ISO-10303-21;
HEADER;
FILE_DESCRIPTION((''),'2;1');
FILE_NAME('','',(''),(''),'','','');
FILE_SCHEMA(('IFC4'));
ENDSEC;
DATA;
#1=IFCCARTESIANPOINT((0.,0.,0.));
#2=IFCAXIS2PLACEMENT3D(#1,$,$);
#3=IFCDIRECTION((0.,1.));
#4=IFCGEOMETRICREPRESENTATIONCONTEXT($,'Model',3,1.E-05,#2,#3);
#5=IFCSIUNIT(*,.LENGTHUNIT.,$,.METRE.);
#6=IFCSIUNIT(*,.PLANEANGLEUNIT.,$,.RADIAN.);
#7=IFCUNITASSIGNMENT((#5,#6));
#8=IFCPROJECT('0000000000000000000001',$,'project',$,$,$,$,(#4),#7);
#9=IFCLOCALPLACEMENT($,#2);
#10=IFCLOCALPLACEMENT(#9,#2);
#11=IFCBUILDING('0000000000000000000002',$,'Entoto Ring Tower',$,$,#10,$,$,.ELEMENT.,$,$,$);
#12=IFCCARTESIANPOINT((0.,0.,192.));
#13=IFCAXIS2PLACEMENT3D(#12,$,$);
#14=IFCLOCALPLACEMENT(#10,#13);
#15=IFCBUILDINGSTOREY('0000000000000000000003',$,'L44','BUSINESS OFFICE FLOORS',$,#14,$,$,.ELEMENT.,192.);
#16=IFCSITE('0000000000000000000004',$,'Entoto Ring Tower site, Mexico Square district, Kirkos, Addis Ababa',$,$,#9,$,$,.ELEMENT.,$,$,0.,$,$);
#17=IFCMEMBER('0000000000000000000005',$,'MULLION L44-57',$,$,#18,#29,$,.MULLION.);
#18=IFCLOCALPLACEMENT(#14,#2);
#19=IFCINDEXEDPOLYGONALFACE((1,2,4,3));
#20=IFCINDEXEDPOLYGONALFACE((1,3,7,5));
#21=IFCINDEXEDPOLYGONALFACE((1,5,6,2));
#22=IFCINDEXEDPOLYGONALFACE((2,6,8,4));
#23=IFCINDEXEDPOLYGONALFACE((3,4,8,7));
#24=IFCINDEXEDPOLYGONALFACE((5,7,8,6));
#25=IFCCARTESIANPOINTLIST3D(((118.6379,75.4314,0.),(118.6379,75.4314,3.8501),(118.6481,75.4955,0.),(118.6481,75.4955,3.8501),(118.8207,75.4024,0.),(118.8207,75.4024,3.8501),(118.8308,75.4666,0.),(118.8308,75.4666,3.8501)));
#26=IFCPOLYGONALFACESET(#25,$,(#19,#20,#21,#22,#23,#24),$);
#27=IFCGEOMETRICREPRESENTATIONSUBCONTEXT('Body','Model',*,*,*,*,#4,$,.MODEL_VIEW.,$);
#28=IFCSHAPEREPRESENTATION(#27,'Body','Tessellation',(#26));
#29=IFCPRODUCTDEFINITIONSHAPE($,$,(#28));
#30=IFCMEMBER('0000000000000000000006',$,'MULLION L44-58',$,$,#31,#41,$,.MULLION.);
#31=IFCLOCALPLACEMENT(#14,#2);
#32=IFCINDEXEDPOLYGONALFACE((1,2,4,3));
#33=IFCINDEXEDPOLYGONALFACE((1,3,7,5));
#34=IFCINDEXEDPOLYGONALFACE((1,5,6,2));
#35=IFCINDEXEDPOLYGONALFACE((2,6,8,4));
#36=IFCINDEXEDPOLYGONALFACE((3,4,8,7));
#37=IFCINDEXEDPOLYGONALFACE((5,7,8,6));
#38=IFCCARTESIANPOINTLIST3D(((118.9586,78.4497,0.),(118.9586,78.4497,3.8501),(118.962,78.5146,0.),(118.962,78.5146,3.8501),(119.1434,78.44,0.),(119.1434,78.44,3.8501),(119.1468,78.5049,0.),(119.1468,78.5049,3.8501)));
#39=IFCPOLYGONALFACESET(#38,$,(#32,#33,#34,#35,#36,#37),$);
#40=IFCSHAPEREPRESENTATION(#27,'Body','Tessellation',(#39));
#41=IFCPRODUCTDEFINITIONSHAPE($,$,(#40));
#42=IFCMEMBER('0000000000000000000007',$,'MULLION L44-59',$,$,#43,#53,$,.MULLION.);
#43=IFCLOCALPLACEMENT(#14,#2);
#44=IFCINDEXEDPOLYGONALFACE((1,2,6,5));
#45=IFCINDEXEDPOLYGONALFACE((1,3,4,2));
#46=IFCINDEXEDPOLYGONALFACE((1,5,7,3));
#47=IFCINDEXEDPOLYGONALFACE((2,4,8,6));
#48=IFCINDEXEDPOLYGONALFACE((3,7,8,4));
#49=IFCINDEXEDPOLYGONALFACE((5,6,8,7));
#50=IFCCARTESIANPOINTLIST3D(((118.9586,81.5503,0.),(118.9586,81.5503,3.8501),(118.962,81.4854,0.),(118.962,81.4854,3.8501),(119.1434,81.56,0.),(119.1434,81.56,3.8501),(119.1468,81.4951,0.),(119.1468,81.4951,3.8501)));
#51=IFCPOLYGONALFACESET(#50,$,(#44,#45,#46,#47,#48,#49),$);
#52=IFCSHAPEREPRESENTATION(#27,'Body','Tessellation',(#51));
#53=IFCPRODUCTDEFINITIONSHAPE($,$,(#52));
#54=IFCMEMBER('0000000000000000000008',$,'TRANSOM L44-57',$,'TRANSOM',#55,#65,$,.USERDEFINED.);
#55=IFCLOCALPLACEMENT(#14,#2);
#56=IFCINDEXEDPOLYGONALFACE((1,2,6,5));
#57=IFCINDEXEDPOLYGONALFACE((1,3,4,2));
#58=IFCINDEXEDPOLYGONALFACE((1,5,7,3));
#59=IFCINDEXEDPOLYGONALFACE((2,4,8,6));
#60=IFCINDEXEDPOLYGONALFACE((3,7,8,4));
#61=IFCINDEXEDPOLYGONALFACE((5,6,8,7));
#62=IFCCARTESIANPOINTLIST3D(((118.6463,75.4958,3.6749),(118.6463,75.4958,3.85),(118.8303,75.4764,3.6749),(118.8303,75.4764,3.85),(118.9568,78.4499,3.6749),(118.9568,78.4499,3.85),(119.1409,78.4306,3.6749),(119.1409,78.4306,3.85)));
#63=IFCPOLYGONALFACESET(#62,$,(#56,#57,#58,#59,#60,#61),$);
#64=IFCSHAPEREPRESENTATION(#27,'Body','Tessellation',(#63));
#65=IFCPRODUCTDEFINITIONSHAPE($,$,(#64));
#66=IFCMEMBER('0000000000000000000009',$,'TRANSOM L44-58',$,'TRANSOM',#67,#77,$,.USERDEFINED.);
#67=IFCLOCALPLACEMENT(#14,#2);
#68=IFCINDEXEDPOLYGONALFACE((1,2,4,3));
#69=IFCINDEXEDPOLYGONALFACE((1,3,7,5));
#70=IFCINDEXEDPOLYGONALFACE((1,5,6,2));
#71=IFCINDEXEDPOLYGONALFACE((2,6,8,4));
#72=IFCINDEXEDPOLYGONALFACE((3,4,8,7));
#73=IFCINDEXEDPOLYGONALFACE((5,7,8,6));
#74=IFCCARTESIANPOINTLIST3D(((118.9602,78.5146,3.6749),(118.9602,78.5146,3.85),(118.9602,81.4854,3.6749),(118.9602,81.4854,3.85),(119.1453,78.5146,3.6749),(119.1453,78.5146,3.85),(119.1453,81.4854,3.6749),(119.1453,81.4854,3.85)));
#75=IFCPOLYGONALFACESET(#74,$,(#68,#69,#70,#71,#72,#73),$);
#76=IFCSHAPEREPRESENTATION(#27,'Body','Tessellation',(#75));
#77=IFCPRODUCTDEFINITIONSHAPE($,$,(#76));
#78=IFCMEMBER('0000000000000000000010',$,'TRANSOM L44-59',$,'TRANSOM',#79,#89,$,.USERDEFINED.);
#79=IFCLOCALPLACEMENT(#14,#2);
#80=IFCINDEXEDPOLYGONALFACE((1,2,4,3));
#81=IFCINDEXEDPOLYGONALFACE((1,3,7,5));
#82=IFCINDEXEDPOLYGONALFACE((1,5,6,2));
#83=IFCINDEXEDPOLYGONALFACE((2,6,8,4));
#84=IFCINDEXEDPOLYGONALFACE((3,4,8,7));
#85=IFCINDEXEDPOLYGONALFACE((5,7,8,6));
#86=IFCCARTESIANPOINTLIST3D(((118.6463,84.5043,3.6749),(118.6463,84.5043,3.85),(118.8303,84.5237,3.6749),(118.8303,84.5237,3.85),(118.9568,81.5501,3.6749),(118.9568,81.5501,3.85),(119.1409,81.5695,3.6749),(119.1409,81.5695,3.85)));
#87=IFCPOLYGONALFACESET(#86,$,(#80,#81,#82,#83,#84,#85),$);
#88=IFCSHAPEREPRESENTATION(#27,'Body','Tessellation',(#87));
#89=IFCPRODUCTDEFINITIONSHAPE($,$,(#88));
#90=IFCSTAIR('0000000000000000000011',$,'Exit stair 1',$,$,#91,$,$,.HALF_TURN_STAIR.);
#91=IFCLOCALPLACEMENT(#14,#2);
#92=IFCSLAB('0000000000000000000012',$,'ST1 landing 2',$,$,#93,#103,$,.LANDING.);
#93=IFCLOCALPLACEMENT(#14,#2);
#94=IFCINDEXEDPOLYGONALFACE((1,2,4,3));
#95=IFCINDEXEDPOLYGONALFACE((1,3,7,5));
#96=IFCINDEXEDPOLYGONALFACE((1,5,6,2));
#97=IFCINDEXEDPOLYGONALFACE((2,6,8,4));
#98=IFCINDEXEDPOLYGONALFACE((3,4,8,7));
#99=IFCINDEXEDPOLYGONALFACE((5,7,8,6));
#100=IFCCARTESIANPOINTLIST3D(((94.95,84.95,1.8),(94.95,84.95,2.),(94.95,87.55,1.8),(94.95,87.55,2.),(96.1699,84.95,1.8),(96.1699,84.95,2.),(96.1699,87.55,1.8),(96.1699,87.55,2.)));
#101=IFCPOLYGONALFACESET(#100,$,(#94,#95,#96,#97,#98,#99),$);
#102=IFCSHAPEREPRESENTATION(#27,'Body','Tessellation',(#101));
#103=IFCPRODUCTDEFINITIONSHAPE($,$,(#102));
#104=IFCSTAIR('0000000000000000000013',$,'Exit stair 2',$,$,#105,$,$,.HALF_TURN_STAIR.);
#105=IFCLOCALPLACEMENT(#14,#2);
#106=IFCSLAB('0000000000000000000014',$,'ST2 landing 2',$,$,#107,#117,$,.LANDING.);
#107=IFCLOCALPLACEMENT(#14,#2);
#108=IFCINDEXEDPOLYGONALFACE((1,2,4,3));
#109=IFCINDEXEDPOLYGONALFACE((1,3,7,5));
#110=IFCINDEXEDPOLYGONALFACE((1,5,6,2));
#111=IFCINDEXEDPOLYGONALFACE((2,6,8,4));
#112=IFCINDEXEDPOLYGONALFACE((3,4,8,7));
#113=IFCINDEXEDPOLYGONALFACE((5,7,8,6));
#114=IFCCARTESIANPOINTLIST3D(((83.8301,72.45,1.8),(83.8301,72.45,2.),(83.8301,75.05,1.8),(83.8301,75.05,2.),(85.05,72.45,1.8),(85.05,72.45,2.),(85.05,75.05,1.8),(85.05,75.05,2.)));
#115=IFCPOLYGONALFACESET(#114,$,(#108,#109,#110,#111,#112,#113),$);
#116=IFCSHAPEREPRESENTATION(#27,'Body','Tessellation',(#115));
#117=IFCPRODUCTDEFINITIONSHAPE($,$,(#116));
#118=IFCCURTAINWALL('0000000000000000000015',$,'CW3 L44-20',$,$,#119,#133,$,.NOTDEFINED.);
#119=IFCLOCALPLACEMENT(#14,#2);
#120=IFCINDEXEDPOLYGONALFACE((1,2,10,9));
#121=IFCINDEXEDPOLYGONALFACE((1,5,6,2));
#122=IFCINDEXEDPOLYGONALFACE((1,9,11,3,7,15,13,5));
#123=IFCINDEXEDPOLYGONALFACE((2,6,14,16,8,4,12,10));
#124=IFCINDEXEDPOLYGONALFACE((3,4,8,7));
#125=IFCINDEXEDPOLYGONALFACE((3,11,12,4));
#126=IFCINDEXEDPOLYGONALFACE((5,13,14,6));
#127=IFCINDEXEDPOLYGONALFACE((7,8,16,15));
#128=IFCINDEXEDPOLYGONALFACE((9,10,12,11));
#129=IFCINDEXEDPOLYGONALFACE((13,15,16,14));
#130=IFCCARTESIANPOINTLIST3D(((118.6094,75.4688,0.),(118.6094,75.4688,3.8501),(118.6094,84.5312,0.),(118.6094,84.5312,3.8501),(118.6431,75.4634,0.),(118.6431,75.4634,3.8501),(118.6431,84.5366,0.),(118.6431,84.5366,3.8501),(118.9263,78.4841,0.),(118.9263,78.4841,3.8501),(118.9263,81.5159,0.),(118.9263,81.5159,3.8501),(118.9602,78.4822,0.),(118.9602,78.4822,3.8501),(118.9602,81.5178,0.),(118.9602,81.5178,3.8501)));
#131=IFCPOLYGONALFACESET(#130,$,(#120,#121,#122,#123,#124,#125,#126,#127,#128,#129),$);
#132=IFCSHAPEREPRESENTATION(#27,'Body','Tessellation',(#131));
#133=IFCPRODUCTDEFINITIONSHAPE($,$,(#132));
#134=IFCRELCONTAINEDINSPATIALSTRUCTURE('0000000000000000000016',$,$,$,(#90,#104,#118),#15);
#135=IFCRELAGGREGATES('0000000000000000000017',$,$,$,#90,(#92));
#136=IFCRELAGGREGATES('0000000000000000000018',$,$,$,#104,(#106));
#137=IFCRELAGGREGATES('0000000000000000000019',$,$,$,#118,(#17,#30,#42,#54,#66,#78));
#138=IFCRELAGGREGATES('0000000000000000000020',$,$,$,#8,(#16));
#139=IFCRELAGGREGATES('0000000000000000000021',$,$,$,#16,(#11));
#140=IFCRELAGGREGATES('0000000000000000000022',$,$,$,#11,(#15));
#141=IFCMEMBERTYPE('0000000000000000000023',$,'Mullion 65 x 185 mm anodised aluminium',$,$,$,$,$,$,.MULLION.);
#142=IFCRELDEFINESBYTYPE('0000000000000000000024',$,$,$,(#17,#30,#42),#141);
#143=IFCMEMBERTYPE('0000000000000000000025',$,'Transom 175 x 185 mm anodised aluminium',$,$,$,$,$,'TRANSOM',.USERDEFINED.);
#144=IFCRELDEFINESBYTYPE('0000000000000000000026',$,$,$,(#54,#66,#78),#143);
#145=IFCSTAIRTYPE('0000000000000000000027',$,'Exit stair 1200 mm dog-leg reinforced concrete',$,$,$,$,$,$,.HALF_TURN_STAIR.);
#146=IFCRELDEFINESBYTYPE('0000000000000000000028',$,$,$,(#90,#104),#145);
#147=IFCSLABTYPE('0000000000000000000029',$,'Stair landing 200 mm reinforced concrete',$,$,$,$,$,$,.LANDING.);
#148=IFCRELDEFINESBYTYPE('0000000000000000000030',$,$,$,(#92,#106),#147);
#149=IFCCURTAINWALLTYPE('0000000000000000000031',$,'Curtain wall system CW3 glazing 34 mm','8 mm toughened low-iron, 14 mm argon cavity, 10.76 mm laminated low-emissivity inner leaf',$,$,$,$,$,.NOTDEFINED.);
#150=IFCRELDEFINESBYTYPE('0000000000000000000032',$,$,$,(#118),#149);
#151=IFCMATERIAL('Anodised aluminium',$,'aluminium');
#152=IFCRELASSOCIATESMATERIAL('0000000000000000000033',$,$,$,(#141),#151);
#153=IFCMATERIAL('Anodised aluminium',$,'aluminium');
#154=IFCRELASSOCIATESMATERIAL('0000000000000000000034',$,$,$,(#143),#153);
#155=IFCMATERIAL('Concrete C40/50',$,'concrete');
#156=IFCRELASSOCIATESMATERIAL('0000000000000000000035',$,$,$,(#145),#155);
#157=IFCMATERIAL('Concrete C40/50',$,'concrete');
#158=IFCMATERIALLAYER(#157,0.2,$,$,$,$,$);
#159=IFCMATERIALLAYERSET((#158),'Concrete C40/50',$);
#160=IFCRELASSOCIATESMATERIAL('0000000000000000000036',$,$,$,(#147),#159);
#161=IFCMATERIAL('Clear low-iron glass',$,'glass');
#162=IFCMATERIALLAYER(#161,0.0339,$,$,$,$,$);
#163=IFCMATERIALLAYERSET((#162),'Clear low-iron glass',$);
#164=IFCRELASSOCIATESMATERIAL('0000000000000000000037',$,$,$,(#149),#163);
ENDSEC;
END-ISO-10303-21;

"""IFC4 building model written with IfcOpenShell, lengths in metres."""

from ifc_helpers import new_model, si_unit, direction, frame, origin, origin_2d, place, context, subcontext, project, spatial, polyline, rectangle, outline, extrude, material, layer, layer_set, material_profile, profile_set, type_object, element, aggregate, save


model = new_model("IFC4")

# Units and contexts
model_context = context("Model", 3, precision=1e-05, world=origin(), true_north=direction((0.0, 1.0)))
body_context = subcontext(model_context, "Body", "Model", "MODEL_VIEW")
ifc_project = project(units=[si_unit("LENGTHUNIT", "METRE"), si_unit("PLANEANGLEUNIT", "RADIAN")], contexts=[model_context])

# Members
ifc_material_1 = material(Name="Anodised aluminium", Category="aluminium")
ifc_material_profile_1 = material_profile(ifc_material_1, rectangle(XDim=0.0649, YDim=0.1851, at=origin_2d()), Name="Mullion 65 x 185 mm anodised aluminium")
ifc_profile_set_1 = profile_set([ifc_material_profile_1], Name="Anodised aluminium")
member_type_1 = type_object("IfcMemberType", Name="Mullion 65 x 185 mm anodised aluminium", PredefinedType="MULLION", material=ifc_profile_set_1)
site_placement = place(None, origin())
building_placement = place(site_placement, origin())
storey_placement = place(building_placement, frame((0.0, 0.0, 192.0)))
member_1_placement = place(storey_placement, frame((118.7344, 75.449, 0.0), z_axis=(0.0, 0.0, 1.0), x_axis=(0.156434, 0.987688, 0.0)))
member_1 = element("IfcMember", 1, at=member_1_placement, type_object=member_type_1, Name="MULLION L44-57", PredefinedType="MULLION", context=body_context, shape_type="SweptSolid", body=[
    extrude(rectangle(XDim=0.0649, YDim=0.1851, at=origin_2d()), origin(), (0.0, 0.0, 1.0), 3.8501),
])
member_2_placement = place(storey_placement, frame((119.0527, 78.4773, 0.0), z_axis=(0.0, 0.0, 1.0), x_axis=(0.052336, 0.99863, 0.0)))
member_2 = element("IfcMember", 2, at=member_2_placement, type_object=member_type_1, Name="MULLION L44-58", PredefinedType="MULLION", context=body_context, shape_type="SweptSolid", body=[
    extrude(rectangle(XDim=0.0649, YDim=0.1851, at=origin_2d()), origin(), (0.0, 0.0, 1.0), 3.8501),
])
member_3_placement = place(storey_placement, frame((119.0527, 81.5227, 0.0), z_axis=(0.0, 0.0, 1.0), x_axis=(-0.052336, 0.99863, 0.0)))
member_3 = element("IfcMember", 3, at=member_3_placement, type_object=member_type_1, Name="MULLION L44-59", PredefinedType="MULLION", context=body_context, shape_type="SweptSolid", body=[
    extrude(rectangle(XDim=0.0649, YDim=0.1851, at=origin_2d()), origin(), (0.0, 0.0, 1.0), 3.8501),
])
ifc_material_2 = material(Name="Anodised aluminium", Category="aluminium")
ifc_material_profile_2 = material_profile(ifc_material_2, rectangle(XDim=0.1851, YDim=0.175, at=origin_2d()), Name="Transom 175 x 185 mm anodised aluminium")
ifc_profile_set_2 = profile_set([ifc_material_profile_2], Name="Anodised aluminium")
member_type_2 = type_object("IfcMemberType", Name="Transom 175 x 185 mm anodised aluminium", ElementType="TRANSOM", PredefinedType="USERDEFINED", material=ifc_profile_set_2)
member_4_placement = place(storey_placement, frame((118.7383, 75.4861, 3.7625), z_axis=(0.104548, 0.99452, 0.0), x_axis=(-0.99452, 0.104548, 0.0)))
member_4 = element("IfcMember", 4, at=member_4_placement, type_object=member_type_2, Name="TRANSOM L44-57", ObjectType="TRANSOM", PredefinedType="USERDEFINED", context=body_context, shape_type="SweptSolid", body=[
    extrude(rectangle(XDim=0.1851, YDim=0.175, at=origin_2d()), origin(), (0.0, 0.0, 1.0), 2.9705),
])
member_5_placement = place(storey_placement, frame((119.0527, 78.5146, 3.7625), z_axis=(0.0, 1.0, 0.0), x_axis=(-1.0, 0.0, 0.0)))
member_5 = element("IfcMember", 5, at=member_5_placement, type_object=member_type_2, Name="TRANSOM L44-58", ObjectType="TRANSOM", PredefinedType="USERDEFINED", context=body_context, shape_type="SweptSolid", body=[
    extrude(rectangle(XDim=0.1851, YDim=0.175, at=origin_2d()), origin(), (0.0, 0.0, 1.0), 2.9707),
])
member_6_placement = place(storey_placement, frame((119.0488, 81.5598, 3.7625), z_axis=(-0.104548, 0.99452, 0.0), x_axis=(-0.99452, -0.104548, 0.0)))
member_6 = element("IfcMember", 6, at=member_6_placement, type_object=member_type_2, Name="TRANSOM L44-59", ObjectType="TRANSOM", PredefinedType="USERDEFINED", context=body_context, shape_type="SweptSolid", body=[
    extrude(rectangle(XDim=0.1851, YDim=0.175, at=origin_2d()), origin(), (0.0, 0.0, 1.0), 2.9705),
])

# Site, building, storey
site = spatial("IfcSite", under=ifc_project, at=site_placement, Name="Entoto Ring Tower site, Mexico Square district, Kirkos, Addis Ababa", CompositionType="ELEMENT", RefElevation=0.0)
building = spatial("IfcBuilding", under=site, at=building_placement, Name="Entoto Ring Tower", CompositionType="ELEMENT")
storey = spatial("IfcBuildingStorey", under=building, at=storey_placement, Name="L44", Description="BUSINESS OFFICE FLOORS", CompositionType="ELEMENT", Elevation=192.0)

# Stairs, slabs
ifc_material_3 = material(Name="Concrete C40/50", Category="concrete")
stair_type = type_object("IfcStairType", Name="Exit stair 1200 mm dog-leg reinforced concrete", PredefinedType="HALF_TURN_STAIR", material=ifc_material_3)
stair_1_placement = place(storey_placement, origin())
stair_1 = element("IfcStair", 7, at=stair_1_placement, inside=storey, type_object=stair_type, Name="Exit stair 1", PredefinedType="HALF_TURN_STAIR")
ifc_material_4 = material(Name="Concrete C40/50", Category="concrete")
ifc_layer_1 = layer(ifc_material_4, 0.2)
ifc_layer_set_1 = layer_set([ifc_layer_1], Name="Concrete C40/50")
slab_type = type_object("IfcSlabType", Name="Stair landing 200 mm reinforced concrete", PredefinedType="LANDING", material=ifc_layer_set_1)
slab_1_placement = place(storey_placement, frame((0.0, 0.0, 1.8)))
slab_1 = element("IfcSlab", 8, at=slab_1_placement, type_object=slab_type, Name="ST1 landing 2", PredefinedType="LANDING", context=body_context, shape_type="SweptSolid", body=[
    extrude(outline(polyline([(94.95, 84.95), (96.1699, 84.95), (96.1699, 87.55), (94.95, 87.55), (94.95, 84.95)])), origin(), (0.0, 0.0, 1.0), 0.2),
])
aggregate(stair_1, [slab_1])
stair_2_placement = place(storey_placement, origin())
stair_2 = element("IfcStair", 9, at=stair_2_placement, inside=storey, type_object=stair_type, Name="Exit stair 2", PredefinedType="HALF_TURN_STAIR")
slab_2_placement = place(storey_placement, frame((0.0, 0.0, 1.8)))
slab_2 = element("IfcSlab", 10, at=slab_2_placement, type_object=slab_type, Name="ST2 landing 2", PredefinedType="LANDING", context=body_context, shape_type="SweptSolid", body=[
    extrude(outline(polyline([(83.8301, 72.45), (85.05, 72.45), (85.05, 75.05), (83.8301, 75.05), (83.8301, 72.45)])), origin(), (0.0, 0.0, 1.0), 0.2),
])
aggregate(stair_2, [slab_2])

# Curtain wall
ifc_material_5 = material(Name="Clear low-iron glass", Category="glass")
ifc_layer_2 = layer(ifc_material_5, 0.0339)
ifc_layer_set_2 = layer_set([ifc_layer_2], Name="Clear low-iron glass")
curtain_wall_type = type_object("IfcCurtainWallType", Name="Curtain wall system CW3 glazing 34 mm", Description="8 mm toughened low-iron, 14 mm argon cavity, 10.76 mm laminated low-emissivity inner leaf", PredefinedType="NOTDEFINED", material=ifc_layer_set_2)
curtain_wall_1_placement = place(storey_placement, origin())
curtain_wall_1 = element("IfcCurtainWall", 11, at=curtain_wall_1_placement, inside=storey, type_object=curtain_wall_type, Name="CW3 L44-20", PredefinedType="NOTDEFINED", context=body_context, shape_type="SweptSolid", body=[
    extrude(outline(polyline([(118.6431, 75.4634), (118.9602, 78.4822), (118.9602, 81.5178), (118.6431, 84.5366), (118.6094, 84.5312), (118.9263, 81.5159), (118.9263, 78.4841), (118.6094, 75.4688), (118.6431, 75.4634)])), origin(), (0.0, 0.0, 1.0), 3.8501),
])
aggregate(curtain_wall_1, [member_1, member_2, member_3, member_4, member_5, member_6])

save(model, "model.ifc")
